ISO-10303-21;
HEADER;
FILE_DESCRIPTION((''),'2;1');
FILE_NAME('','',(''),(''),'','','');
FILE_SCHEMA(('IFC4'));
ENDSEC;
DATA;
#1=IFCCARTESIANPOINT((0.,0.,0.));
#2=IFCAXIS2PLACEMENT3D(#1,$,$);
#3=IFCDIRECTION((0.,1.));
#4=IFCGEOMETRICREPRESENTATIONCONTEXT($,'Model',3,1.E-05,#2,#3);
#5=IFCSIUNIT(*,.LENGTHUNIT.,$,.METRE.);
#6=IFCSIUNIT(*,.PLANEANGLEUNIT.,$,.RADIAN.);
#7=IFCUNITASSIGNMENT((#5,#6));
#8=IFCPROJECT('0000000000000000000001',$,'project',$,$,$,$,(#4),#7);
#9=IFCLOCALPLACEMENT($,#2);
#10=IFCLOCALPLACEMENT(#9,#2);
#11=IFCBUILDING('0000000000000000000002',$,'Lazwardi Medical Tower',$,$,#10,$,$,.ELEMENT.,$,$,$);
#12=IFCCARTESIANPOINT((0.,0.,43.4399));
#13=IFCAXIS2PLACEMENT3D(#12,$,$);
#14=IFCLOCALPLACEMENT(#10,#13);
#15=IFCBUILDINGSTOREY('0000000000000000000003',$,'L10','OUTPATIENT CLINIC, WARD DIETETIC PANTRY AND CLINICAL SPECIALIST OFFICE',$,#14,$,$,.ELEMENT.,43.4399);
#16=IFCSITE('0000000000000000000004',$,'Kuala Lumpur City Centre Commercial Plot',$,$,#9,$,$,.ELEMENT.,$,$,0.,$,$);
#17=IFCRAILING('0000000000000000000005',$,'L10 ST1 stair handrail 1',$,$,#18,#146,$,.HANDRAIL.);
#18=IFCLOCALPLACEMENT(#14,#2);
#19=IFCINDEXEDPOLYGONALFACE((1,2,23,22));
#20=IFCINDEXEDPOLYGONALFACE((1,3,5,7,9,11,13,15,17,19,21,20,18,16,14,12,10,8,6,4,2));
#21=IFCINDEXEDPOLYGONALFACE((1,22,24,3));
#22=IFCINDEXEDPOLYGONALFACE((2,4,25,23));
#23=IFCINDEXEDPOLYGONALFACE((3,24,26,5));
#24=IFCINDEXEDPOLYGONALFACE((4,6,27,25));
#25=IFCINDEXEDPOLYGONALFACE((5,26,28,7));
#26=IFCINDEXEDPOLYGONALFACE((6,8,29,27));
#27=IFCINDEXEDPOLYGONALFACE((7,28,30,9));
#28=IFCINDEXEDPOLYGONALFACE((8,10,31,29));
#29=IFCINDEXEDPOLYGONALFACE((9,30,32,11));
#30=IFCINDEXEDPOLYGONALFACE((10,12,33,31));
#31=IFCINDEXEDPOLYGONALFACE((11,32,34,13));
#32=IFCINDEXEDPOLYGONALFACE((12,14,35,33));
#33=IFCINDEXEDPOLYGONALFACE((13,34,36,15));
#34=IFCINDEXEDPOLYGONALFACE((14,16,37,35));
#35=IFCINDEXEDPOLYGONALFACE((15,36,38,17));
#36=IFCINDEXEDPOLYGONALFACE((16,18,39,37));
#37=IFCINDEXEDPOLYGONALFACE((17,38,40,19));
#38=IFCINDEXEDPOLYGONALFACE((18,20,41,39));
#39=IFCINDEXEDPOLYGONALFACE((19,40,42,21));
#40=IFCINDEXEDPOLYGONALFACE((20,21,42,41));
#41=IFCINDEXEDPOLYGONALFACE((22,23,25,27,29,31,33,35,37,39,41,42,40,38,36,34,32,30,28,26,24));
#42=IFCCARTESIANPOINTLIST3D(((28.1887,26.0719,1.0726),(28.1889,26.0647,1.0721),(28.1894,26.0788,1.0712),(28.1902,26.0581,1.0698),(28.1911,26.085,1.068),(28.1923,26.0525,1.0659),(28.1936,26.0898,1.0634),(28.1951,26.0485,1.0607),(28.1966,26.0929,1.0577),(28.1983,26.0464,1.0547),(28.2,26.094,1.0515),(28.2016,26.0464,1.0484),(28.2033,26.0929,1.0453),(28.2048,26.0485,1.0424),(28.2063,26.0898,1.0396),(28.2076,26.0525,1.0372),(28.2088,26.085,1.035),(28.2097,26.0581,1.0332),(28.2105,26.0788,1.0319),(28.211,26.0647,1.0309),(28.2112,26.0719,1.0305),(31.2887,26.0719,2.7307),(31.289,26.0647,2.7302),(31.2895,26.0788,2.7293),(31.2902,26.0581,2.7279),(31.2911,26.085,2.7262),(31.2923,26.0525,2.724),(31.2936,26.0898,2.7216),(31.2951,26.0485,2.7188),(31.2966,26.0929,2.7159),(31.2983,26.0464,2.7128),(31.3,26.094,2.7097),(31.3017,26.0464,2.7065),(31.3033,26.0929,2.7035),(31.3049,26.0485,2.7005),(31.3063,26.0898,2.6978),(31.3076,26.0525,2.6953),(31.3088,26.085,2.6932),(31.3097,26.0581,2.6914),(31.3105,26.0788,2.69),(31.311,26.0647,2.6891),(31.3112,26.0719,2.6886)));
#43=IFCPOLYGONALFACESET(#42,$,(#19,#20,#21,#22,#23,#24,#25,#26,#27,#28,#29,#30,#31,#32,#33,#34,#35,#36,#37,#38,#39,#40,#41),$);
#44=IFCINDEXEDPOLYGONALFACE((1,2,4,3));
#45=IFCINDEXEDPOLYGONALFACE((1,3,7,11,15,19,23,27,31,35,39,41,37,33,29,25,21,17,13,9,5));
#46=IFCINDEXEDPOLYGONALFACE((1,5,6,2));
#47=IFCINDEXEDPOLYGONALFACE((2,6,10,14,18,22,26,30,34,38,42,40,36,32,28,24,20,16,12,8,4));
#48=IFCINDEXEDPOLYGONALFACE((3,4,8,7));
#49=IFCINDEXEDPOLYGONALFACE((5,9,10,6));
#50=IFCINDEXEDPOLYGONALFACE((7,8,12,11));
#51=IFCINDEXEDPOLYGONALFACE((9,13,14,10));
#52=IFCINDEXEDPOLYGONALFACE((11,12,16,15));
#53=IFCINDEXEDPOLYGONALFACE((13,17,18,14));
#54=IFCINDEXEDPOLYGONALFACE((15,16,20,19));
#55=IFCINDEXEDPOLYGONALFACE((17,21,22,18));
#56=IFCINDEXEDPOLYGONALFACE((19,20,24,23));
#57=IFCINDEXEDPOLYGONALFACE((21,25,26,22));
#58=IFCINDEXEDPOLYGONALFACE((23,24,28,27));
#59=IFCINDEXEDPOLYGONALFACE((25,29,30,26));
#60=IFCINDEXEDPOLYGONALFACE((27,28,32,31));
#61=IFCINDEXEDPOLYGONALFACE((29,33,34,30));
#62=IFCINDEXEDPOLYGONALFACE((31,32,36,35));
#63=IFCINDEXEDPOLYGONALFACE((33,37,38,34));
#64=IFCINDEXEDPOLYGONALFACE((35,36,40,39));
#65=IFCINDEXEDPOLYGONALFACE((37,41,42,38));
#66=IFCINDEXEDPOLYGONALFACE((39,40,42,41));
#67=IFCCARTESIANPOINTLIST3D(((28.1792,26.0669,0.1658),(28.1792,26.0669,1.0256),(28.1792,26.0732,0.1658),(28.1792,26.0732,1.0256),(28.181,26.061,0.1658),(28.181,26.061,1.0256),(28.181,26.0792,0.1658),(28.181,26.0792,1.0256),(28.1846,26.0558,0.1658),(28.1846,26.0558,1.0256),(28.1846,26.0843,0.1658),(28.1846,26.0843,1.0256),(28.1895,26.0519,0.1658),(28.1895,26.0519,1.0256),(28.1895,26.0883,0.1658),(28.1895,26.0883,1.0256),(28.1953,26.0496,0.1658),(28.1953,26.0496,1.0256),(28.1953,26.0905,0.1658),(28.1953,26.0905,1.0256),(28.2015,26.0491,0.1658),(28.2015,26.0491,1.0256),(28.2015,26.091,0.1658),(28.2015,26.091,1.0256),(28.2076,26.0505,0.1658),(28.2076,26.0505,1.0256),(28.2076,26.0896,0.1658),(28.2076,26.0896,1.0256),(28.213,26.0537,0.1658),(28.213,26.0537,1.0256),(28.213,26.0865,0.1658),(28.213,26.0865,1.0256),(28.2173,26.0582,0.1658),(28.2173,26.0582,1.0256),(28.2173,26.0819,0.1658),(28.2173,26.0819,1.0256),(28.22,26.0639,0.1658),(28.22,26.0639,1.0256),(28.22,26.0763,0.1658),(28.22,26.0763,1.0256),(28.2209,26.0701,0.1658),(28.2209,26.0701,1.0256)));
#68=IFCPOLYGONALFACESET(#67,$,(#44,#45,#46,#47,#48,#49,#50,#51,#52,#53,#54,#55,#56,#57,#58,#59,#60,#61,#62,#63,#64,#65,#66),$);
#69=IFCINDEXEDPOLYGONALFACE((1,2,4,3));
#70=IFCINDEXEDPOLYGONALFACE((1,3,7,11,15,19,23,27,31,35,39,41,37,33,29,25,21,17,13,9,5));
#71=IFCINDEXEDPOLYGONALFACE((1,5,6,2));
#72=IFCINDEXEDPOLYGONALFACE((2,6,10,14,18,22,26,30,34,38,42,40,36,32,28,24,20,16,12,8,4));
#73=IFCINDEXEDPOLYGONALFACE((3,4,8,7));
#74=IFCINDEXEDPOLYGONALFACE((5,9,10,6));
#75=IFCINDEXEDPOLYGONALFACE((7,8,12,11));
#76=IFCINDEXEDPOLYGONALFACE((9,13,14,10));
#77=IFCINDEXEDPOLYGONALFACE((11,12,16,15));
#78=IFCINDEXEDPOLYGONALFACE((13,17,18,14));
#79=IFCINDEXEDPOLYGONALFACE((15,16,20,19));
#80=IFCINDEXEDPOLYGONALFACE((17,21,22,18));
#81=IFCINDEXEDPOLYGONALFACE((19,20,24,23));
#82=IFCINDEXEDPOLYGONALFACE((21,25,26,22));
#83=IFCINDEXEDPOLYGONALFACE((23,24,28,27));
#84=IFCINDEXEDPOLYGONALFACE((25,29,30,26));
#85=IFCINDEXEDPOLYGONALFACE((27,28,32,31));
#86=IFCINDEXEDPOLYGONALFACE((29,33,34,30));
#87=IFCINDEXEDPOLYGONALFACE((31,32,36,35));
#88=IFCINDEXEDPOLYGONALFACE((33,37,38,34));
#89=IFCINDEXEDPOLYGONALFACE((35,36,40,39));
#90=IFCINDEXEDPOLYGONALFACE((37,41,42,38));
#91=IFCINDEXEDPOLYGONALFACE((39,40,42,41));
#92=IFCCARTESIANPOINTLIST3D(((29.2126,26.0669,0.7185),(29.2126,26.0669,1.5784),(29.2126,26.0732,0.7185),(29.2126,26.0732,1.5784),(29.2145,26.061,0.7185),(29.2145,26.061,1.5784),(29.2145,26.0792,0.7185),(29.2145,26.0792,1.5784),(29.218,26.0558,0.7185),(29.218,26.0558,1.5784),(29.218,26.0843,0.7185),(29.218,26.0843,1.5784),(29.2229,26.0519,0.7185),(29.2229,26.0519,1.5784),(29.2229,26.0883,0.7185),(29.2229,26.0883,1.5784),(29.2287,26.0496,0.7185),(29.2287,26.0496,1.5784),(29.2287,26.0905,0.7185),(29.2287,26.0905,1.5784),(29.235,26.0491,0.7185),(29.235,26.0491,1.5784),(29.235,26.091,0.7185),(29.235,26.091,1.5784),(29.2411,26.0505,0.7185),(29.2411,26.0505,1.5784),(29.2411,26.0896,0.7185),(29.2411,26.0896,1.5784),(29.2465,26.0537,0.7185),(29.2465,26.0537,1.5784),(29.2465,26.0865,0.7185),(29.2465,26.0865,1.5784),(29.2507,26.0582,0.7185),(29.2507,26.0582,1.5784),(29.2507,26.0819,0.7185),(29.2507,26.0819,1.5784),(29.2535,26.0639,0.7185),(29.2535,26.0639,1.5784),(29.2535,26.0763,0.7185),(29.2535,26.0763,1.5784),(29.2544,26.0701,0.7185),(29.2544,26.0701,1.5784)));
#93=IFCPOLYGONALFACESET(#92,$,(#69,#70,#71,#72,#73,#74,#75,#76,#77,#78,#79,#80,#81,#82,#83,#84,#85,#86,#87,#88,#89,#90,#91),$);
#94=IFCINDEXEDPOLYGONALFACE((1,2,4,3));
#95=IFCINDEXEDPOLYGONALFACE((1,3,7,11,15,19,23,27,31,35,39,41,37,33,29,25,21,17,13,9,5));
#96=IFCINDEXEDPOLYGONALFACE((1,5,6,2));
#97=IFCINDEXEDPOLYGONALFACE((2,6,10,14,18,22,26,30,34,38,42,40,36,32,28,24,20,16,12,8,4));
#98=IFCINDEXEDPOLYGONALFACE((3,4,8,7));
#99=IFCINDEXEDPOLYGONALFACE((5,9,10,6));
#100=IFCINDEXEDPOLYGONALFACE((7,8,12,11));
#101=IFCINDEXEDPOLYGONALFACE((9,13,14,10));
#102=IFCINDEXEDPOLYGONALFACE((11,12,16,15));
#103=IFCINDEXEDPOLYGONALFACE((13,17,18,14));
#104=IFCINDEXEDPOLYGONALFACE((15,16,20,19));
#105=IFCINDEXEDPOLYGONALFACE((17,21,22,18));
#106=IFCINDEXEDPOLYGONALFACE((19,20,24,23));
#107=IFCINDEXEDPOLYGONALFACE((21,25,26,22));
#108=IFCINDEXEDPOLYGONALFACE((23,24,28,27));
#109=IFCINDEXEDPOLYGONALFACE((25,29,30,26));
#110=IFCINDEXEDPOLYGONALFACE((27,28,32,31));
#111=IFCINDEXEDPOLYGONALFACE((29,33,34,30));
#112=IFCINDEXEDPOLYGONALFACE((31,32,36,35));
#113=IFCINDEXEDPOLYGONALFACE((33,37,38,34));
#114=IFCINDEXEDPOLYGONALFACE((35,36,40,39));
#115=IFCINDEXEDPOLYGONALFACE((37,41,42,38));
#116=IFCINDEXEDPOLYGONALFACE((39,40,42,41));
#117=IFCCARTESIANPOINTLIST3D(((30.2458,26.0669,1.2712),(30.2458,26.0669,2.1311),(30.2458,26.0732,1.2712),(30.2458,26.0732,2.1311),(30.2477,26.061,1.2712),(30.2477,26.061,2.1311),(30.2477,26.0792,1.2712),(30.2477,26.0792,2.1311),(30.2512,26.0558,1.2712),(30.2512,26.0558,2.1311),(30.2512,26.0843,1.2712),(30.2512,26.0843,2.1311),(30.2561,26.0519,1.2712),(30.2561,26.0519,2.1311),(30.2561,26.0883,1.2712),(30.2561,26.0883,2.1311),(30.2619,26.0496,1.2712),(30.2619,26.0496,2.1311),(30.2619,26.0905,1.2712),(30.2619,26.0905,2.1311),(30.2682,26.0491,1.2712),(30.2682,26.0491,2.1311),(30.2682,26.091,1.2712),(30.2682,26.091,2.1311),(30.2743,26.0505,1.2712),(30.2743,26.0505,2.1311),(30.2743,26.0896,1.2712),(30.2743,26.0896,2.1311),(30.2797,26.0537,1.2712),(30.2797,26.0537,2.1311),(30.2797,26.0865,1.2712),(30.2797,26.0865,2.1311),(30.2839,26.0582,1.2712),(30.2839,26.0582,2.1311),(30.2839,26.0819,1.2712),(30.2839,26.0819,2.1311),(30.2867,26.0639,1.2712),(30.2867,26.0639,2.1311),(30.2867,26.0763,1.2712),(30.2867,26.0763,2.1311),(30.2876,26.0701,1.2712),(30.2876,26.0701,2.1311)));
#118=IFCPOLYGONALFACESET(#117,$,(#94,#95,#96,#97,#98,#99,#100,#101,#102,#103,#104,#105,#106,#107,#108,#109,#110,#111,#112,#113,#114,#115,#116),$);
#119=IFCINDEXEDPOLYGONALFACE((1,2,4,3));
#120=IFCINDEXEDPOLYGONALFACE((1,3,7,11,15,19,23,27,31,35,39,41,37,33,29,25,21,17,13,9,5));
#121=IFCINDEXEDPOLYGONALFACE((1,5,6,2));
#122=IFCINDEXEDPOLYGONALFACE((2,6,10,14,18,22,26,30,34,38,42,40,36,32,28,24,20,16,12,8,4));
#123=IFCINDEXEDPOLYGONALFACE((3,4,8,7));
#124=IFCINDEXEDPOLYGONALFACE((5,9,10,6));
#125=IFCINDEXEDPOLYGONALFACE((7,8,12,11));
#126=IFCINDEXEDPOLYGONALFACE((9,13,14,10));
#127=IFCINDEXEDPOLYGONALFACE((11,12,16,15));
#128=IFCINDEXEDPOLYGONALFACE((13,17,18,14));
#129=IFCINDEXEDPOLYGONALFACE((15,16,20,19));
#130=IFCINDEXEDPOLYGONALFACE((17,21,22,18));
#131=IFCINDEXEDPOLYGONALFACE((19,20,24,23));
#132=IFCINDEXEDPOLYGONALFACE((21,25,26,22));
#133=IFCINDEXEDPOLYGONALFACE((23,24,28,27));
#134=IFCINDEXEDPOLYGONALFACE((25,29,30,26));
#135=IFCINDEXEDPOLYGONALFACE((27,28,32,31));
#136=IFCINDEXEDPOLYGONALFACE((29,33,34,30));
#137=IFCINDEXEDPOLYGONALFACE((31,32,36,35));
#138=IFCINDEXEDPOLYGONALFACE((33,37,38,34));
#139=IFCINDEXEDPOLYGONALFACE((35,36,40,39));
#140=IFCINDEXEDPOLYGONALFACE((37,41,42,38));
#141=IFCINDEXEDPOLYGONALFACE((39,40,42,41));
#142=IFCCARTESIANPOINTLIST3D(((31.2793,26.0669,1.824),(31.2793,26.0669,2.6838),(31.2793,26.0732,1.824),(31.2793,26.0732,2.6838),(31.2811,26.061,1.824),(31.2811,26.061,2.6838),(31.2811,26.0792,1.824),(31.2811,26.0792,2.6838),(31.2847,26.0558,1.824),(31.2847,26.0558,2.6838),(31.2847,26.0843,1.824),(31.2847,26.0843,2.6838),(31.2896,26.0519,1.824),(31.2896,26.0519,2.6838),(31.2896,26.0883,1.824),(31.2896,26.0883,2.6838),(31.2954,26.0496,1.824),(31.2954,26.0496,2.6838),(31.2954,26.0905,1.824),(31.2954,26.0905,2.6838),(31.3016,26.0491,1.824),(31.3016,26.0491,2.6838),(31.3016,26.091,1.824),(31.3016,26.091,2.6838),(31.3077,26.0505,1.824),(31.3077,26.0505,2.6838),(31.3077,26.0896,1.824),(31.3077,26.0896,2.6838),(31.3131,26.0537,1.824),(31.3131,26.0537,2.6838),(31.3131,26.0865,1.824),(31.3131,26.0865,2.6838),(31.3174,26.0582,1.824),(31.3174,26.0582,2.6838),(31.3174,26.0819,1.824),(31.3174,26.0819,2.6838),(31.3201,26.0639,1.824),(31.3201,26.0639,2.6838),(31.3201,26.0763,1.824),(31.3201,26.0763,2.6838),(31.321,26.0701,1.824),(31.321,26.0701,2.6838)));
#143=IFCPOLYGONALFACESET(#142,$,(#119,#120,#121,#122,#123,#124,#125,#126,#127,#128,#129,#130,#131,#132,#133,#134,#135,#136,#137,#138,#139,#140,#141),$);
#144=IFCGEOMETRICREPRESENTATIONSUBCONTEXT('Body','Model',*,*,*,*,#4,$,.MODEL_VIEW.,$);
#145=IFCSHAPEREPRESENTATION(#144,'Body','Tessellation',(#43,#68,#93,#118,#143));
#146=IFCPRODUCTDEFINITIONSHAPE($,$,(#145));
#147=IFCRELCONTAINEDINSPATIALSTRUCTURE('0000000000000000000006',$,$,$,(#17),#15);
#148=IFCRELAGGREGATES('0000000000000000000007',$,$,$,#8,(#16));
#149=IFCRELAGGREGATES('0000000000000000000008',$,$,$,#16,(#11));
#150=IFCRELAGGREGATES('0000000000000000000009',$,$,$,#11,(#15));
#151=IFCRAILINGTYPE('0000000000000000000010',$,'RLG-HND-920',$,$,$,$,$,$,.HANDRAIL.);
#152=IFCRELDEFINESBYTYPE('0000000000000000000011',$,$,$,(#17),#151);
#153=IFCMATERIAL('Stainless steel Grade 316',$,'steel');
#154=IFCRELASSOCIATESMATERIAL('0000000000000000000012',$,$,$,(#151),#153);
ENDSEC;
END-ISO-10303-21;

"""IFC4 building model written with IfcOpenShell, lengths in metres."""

from ifc_helpers import new_model, si_unit, direction, frame, origin, origin_2d, place, context, subcontext, project, spatial, circle, extrude, material, type_object, element, save


model = new_model("IFC4")

# Units and contexts
model_context = context("Model", 3, precision=1e-05, world=origin(), true_north=direction((0.0, 1.0)))
body_context = subcontext(model_context, "Body", "Model", "MODEL_VIEW")
ifc_project = project(units=[si_unit("LENGTHUNIT", "METRE"), si_unit("PLANEANGLEUNIT", "RADIAN")], contexts=[model_context])

# Site, building, storey
site_placement = place(None, origin())
site = spatial("IfcSite", under=ifc_project, at=site_placement, Name="Kuala Lumpur City Centre Commercial Plot", CompositionType="ELEMENT", RefElevation=0.0)
building_placement = place(site_placement, origin())
building = spatial("IfcBuilding", under=site, at=building_placement, Name="Lazwardi Medical Tower", CompositionType="ELEMENT")
storey_placement = place(building_placement, frame((0.0, 0.0, 43.4399)))
storey = spatial("IfcBuildingStorey", under=building, at=storey_placement, Name="L10", Description="OUTPATIENT CLINIC, WARD DIETETIC PANTRY AND CLINICAL SPECIALIST OFFICE", CompositionType="ELEMENT", Elevation=43.4399)

# Railing
ifc_material_1 = material(Name="Stainless steel Grade 316", Category="steel")
railing_type_1 = type_object("IfcRailingType", Name="RLG-HND-920", PredefinedType="HANDRAIL", material=ifc_material_1)
railing_1_placement = place(storey_placement, frame((28.2, 26.0701, 0.1658)))
element("IfcRailing", 1, at=railing_1_placement, inside=storey, type_object=railing_type_1, Name="L10 ST1 stair handrail 1", PredefinedType="HANDRAIL", context=body_context, shape_type="SweptSolid", body=[
    extrude(circle(Radius=0.0239, at=origin_2d()), frame((0.0, 0.0, 0.8857), z_axis=(0.881783, 0.0, 0.471655), x_axis=(0.0, 1.0, 0.0)), (0.0, 0.0, 1.0), 3.5156),
    extrude(circle(Radius=0.021, at=origin_2d()), origin(), (0.0, 0.0, 1.0), 0.8599),
    extrude(circle(Radius=0.021, at=origin_2d()), frame((1.0334, 0.0, 0.5527)), (0.0, 0.0, 1.0), 0.8599),
    extrude(circle(Radius=0.021, at=origin_2d()), frame((2.0667, 0.0, 1.1055)), (0.0, 0.0, 1.0), 0.8599),
    extrude(circle(Radius=0.021, at=origin_2d()), frame((3.1001, 0.0, 1.6582)), (0.0, 0.0, 1.0), 0.8599),
])

save(model, "model.ifc")
